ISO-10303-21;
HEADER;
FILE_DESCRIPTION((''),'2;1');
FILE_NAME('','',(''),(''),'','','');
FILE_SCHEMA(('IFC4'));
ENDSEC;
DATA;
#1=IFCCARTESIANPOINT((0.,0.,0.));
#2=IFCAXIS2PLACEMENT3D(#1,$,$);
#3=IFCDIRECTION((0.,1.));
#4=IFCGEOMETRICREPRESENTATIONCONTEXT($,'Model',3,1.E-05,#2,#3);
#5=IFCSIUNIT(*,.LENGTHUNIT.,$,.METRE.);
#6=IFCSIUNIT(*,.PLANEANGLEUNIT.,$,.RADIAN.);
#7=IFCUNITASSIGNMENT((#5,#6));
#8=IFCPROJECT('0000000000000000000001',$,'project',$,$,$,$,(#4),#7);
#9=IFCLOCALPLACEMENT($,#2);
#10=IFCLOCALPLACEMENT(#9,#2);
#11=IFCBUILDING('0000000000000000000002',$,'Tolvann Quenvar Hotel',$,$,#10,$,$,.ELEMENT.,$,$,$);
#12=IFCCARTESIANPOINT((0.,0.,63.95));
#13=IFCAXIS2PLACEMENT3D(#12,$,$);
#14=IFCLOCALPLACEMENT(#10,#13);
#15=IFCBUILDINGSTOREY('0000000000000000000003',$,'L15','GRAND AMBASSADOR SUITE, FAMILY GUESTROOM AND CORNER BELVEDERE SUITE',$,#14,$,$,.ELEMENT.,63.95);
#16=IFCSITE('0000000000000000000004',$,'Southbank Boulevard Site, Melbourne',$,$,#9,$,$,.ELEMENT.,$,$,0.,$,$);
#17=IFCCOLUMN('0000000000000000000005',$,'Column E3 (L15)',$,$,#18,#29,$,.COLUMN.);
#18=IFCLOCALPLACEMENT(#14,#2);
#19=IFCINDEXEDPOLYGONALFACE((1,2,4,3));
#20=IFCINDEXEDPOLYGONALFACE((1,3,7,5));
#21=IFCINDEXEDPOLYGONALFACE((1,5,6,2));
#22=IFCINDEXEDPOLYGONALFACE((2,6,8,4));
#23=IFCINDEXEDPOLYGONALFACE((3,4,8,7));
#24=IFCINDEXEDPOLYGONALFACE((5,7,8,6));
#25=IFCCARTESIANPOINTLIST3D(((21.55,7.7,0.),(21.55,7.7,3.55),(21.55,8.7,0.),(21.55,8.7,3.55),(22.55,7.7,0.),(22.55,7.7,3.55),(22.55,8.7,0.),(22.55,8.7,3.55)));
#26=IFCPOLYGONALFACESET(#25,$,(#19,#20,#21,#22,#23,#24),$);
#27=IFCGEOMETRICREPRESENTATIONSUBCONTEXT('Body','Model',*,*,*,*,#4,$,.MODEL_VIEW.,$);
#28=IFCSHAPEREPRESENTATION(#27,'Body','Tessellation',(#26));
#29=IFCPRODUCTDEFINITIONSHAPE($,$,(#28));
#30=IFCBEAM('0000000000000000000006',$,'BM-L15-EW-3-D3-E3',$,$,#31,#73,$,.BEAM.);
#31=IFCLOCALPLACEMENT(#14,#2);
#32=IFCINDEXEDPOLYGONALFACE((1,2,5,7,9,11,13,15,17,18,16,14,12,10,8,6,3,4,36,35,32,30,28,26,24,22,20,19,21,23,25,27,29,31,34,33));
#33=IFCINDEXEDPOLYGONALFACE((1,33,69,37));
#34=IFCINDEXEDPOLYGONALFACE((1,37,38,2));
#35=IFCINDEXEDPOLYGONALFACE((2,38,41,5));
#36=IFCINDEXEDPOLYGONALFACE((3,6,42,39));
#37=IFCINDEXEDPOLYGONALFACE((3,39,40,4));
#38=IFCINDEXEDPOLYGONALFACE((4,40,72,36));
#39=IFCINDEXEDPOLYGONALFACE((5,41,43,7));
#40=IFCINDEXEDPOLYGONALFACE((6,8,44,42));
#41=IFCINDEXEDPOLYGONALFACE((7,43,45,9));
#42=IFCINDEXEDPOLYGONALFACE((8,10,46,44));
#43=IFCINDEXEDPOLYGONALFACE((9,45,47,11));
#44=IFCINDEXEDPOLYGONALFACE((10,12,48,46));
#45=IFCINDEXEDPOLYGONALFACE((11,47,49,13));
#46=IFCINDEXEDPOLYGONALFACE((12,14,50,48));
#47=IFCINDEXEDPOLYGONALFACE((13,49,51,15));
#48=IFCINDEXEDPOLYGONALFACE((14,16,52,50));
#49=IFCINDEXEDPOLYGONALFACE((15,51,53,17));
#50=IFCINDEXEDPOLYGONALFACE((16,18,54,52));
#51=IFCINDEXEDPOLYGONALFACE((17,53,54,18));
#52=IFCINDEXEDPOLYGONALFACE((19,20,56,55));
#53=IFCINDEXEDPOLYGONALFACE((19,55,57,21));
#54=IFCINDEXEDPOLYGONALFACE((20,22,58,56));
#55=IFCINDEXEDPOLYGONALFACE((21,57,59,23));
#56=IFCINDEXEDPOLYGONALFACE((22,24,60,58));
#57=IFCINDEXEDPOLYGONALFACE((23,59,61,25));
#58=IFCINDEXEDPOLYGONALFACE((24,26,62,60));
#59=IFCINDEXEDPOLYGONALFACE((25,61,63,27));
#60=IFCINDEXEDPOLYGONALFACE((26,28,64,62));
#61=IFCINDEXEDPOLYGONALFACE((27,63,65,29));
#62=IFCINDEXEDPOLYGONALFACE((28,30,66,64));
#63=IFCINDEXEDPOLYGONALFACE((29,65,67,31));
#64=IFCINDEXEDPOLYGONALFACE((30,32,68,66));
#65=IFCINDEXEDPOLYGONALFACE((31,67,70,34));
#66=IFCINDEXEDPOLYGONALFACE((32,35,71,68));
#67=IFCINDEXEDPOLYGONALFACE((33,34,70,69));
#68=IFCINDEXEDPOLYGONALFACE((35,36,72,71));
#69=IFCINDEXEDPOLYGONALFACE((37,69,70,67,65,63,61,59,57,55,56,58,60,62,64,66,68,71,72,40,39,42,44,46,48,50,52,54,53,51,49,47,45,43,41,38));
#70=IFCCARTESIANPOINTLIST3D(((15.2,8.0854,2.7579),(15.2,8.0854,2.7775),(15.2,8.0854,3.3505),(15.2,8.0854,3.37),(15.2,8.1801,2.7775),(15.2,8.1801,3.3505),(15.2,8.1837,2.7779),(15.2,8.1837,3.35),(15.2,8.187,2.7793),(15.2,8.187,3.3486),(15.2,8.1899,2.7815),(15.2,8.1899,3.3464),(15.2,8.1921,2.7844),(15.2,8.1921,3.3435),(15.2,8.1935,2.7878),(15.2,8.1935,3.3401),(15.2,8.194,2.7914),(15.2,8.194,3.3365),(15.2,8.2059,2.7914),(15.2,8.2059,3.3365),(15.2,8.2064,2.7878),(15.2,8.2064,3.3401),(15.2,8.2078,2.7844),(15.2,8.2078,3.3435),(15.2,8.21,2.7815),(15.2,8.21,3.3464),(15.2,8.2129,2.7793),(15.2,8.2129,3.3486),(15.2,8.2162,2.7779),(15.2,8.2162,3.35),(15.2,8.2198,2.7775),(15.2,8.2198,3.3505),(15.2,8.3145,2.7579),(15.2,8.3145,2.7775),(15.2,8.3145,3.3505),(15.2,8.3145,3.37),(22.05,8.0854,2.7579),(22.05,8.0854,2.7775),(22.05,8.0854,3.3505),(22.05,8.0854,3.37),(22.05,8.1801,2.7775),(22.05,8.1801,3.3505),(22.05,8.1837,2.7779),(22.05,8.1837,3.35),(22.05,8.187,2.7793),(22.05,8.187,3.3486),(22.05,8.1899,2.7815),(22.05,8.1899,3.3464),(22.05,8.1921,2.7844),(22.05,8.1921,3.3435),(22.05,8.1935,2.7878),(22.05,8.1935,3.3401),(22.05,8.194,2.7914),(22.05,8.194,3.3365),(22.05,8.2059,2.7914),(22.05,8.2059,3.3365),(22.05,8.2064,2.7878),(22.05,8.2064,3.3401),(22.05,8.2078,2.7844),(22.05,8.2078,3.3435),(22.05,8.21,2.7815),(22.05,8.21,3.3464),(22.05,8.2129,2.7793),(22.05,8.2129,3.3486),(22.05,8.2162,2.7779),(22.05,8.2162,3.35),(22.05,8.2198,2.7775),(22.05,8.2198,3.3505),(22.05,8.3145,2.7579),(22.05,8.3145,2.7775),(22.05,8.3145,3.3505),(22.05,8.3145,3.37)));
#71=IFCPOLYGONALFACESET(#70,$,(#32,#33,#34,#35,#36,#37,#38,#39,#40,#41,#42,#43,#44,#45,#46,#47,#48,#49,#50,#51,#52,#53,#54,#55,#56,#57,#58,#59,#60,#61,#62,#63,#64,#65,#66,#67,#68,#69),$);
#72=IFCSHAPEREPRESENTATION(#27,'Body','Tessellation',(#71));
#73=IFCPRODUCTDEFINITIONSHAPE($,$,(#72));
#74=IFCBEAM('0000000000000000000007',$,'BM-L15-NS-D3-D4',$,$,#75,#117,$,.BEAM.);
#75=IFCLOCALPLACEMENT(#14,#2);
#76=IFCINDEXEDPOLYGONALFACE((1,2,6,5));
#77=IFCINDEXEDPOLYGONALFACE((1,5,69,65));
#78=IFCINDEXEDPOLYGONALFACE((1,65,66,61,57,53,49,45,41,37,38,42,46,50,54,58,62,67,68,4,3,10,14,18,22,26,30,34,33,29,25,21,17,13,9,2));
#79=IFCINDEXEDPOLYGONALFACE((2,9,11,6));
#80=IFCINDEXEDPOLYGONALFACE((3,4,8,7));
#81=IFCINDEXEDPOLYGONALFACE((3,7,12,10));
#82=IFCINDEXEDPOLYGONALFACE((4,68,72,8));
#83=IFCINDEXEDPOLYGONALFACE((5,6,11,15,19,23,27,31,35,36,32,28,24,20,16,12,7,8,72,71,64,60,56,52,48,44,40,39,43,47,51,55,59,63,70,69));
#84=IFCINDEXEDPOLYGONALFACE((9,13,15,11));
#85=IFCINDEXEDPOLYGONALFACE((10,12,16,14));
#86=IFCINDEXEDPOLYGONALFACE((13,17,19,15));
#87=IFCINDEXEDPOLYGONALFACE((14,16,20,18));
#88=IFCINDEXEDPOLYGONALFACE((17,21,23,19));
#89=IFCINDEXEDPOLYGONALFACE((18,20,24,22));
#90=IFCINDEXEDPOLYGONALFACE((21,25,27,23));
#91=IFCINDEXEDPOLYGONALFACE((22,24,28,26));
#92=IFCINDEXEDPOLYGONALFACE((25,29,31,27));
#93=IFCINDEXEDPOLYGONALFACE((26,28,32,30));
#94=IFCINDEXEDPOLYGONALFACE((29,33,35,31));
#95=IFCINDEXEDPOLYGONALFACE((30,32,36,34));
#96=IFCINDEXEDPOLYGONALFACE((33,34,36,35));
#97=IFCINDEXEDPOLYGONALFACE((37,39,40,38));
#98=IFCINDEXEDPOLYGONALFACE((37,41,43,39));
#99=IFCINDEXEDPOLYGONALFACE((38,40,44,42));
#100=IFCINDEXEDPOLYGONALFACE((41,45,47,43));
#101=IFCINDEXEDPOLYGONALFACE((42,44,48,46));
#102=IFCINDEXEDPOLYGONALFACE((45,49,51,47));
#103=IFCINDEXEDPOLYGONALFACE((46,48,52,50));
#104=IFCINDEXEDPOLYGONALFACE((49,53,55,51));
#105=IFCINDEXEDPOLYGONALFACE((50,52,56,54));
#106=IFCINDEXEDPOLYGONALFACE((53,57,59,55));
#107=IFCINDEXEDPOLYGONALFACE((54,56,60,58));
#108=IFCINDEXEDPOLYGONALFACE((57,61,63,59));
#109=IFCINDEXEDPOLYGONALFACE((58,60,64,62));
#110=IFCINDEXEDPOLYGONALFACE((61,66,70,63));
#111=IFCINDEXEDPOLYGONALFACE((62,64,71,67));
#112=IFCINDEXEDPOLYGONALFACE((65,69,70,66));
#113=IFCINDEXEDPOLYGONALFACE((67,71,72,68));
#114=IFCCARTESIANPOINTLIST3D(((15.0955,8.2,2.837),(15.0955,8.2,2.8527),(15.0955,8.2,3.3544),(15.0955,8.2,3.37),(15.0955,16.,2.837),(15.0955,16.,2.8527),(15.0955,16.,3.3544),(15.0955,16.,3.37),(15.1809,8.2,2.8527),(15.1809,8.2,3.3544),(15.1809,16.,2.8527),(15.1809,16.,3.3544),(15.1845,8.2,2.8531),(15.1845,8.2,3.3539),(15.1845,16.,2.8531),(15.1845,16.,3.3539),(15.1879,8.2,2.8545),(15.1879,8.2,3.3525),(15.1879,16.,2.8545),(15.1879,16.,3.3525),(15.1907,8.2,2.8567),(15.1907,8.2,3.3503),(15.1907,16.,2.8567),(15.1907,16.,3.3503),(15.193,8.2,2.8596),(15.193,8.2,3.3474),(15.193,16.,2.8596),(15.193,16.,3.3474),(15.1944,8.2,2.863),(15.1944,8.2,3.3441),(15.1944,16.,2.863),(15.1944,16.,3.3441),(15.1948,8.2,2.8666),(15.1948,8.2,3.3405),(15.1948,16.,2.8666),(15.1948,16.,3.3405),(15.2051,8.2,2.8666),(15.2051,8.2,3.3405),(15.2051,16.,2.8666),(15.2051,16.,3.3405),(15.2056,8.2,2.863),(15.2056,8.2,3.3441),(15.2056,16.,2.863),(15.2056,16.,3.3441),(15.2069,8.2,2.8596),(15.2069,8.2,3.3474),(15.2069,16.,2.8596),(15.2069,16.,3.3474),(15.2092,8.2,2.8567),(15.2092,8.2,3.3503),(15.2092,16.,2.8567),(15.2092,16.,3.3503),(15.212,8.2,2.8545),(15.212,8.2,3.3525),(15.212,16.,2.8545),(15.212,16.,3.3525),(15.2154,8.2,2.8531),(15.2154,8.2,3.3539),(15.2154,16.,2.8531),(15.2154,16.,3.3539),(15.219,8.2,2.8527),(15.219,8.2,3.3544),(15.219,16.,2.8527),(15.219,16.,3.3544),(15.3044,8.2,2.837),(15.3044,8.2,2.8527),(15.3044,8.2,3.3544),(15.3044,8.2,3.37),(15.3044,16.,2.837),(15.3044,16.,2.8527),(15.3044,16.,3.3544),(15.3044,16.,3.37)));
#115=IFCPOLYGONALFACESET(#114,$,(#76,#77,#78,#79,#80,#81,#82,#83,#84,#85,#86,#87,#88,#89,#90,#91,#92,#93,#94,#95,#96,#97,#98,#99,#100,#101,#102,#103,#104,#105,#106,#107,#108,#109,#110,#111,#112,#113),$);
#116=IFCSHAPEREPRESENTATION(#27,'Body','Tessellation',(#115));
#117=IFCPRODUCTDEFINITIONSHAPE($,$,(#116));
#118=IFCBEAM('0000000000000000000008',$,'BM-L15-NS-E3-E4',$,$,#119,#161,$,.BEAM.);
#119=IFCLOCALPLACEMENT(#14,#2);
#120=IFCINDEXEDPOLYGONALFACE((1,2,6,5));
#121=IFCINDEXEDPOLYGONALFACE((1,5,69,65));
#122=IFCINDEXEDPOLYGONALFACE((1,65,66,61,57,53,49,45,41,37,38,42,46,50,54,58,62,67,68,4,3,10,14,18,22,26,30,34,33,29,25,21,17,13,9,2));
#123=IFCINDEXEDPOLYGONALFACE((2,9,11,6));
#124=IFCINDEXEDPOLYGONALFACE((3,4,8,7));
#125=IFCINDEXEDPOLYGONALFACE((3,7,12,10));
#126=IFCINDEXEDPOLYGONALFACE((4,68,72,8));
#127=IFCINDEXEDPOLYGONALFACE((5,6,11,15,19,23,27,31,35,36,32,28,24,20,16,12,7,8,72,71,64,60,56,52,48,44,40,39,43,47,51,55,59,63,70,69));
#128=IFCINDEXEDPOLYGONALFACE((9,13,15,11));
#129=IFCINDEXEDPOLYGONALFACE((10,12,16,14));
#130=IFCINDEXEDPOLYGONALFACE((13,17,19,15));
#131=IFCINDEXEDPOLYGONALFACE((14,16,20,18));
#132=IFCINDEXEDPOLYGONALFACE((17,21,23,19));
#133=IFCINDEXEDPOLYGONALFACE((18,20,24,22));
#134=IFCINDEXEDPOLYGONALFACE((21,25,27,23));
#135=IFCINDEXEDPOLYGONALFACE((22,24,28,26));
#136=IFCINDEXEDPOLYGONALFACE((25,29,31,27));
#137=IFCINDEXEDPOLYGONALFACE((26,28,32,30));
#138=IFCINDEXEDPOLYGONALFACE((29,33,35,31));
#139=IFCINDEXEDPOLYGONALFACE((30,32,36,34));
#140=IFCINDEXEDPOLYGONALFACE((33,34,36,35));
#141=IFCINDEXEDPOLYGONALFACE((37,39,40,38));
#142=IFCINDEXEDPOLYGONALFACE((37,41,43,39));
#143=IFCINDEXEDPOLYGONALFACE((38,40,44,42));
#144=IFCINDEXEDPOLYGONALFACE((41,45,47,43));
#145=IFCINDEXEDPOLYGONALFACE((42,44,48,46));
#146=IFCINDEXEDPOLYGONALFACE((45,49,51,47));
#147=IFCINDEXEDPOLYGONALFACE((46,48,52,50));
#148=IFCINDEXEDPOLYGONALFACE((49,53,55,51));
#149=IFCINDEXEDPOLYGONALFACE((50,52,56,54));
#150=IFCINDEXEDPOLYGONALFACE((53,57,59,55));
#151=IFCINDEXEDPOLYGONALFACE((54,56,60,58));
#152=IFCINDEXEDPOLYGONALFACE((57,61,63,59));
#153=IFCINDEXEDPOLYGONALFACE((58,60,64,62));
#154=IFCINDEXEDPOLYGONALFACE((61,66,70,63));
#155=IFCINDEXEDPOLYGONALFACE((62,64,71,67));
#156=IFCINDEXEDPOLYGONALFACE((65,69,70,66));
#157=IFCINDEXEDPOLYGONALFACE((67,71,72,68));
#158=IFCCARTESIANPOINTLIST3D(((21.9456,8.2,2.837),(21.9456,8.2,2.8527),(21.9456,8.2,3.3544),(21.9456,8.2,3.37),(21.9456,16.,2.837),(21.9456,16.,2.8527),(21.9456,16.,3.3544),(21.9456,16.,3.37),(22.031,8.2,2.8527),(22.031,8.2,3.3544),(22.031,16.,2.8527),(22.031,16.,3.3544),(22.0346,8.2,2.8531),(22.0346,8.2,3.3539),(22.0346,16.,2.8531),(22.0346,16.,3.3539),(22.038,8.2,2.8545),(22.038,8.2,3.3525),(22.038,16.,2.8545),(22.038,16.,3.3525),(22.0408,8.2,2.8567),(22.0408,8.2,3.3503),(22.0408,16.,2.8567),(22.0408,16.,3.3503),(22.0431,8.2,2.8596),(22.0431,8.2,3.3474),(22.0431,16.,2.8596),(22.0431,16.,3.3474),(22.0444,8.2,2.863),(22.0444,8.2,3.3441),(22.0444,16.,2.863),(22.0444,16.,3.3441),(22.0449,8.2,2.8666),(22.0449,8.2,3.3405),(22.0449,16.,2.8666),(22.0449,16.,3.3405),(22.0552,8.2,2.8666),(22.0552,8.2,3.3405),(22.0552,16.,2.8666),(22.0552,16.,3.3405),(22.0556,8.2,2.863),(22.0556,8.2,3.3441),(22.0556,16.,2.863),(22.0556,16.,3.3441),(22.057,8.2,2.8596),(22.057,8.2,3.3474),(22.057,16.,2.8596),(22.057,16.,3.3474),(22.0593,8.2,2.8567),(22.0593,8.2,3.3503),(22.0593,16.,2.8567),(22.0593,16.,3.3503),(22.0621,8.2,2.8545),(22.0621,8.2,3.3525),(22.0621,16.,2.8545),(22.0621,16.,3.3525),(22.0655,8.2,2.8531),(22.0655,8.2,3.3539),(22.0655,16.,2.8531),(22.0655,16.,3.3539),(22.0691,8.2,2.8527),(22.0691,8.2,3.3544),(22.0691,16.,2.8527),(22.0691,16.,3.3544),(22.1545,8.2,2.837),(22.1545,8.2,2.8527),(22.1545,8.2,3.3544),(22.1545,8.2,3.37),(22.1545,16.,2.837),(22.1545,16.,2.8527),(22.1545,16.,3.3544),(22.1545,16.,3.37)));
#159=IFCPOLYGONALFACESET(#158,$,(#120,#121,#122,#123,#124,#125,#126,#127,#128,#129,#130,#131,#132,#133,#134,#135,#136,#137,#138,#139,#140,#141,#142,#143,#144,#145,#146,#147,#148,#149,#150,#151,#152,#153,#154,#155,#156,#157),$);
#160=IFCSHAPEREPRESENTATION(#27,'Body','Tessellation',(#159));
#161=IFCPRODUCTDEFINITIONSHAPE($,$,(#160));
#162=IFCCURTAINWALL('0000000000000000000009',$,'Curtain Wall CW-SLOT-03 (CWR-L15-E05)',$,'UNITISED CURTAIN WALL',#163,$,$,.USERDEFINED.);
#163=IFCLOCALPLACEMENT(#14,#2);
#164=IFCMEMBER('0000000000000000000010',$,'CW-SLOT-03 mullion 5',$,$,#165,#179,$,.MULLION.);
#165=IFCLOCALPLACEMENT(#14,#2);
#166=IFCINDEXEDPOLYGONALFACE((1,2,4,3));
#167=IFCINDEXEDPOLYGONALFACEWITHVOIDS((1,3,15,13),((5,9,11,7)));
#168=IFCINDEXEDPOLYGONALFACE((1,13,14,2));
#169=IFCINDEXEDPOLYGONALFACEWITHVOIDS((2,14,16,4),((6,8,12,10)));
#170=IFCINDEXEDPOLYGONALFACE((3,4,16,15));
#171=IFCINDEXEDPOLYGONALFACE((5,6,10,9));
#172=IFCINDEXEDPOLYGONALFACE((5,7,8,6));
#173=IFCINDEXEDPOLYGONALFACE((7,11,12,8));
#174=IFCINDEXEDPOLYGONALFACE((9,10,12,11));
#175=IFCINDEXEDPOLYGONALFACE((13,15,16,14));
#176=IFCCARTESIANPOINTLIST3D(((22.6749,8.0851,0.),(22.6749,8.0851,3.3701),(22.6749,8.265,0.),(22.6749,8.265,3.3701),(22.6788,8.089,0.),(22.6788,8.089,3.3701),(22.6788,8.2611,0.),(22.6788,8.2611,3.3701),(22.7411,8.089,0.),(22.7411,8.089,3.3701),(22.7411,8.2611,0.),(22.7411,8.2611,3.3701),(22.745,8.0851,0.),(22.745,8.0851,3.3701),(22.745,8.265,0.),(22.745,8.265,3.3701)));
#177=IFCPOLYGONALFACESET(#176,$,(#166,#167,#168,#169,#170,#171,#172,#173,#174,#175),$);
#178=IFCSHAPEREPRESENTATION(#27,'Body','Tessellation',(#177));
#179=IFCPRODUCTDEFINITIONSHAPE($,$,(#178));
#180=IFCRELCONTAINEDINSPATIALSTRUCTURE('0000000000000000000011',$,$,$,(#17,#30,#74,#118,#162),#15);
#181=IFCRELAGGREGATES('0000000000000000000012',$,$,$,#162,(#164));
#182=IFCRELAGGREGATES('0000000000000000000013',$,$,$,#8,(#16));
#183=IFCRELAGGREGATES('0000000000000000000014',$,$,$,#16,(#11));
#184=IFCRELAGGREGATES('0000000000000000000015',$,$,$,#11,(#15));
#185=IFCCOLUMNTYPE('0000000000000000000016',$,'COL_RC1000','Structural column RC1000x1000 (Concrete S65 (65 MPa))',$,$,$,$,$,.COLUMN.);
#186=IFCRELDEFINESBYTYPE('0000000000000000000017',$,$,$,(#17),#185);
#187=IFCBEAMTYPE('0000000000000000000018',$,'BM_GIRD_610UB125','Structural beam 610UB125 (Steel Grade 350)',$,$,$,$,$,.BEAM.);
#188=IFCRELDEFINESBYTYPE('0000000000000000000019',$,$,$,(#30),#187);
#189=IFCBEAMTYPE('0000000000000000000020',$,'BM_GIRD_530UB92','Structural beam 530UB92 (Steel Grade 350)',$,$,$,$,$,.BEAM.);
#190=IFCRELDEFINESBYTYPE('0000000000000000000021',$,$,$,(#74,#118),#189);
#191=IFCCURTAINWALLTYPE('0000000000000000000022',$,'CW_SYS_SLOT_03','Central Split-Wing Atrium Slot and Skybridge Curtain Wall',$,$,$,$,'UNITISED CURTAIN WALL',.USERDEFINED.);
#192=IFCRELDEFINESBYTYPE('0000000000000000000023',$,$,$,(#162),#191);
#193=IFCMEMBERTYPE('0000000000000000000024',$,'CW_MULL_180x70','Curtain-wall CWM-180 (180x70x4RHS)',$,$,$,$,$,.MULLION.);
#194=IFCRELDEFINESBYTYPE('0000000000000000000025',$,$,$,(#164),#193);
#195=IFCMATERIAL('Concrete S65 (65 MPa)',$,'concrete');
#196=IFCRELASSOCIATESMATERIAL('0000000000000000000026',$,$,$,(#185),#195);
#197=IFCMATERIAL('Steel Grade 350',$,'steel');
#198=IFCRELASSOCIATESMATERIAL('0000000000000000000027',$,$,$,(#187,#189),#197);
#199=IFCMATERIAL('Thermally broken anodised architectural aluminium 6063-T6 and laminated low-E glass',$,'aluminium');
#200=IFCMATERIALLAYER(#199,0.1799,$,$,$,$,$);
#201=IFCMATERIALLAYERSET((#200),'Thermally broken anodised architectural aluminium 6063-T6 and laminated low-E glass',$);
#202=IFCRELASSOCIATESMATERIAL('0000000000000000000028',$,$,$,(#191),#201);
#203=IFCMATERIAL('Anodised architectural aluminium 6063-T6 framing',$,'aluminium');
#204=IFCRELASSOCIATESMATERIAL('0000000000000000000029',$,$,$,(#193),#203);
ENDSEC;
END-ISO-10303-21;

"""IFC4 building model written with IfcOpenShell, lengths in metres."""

from ifc_helpers import new_model, si_unit, direction, frame, origin, origin_2d, place, context, subcontext, project, spatial, rectangle, hollow_rectangle, i_section, extrude, source, transform, mapped, material, layer, layer_set, material_profile, profile_set, type_object, type_shapes, element, aggregate, save


model = new_model("IFC4")

# Units and contexts
model_context = context("Model", 3, precision=1e-05, world=origin(), true_north=direction((0.0, 1.0)))
body_context = subcontext(model_context, "Body", "Model", "MODEL_VIEW")
ifc_project = project(units=[si_unit("LENGTHUNIT", "METRE"), si_unit("PLANEANGLEUNIT", "RADIAN")], contexts=[model_context])

# Site, building, storey
site_placement = place(None, origin())
site = spatial("IfcSite", under=ifc_project, at=site_placement, Name="Southbank Boulevard Site, Melbourne", CompositionType="ELEMENT", RefElevation=0.0)
building_placement = place(site_placement, origin())
building = spatial("IfcBuilding", under=site, at=building_placement, Name="Tolvann Quenvar Hotel", CompositionType="ELEMENT")
storey_placement = place(building_placement, frame((0.0, 0.0, 63.95)))
storey = spatial("IfcBuildingStorey", under=building, at=storey_placement, Name="L15", Description="GRAND AMBASSADOR SUITE, FAMILY GUESTROOM AND CORNER BELVEDERE SUITE", CompositionType="ELEMENT", Elevation=63.95)

# Column
ifc_material_1 = material(Name="Concrete S65 (65 MPa)", Category="concrete")
ifc_material_profile_1 = material_profile(ifc_material_1, rectangle(XDim=1.0, YDim=1.0, at=origin_2d()), Name="RC1000x1000")
ifc_profile_set_1 = profile_set([ifc_material_profile_1], Name="Concrete S65 (65 MPa)")
column_type = type_object("IfcColumnType", Name="COL_RC1000", Description="Structural column RC1000x1000 (Concrete S65 (65 MPa))", PredefinedType="COLUMN", material=ifc_profile_set_1)
shared_shape_1 = source(origin(), body_context, "Body", "SweptSolid", [
    extrude(rectangle(XDim=1.0, YDim=1.0, at=origin_2d()), origin(), (0.0, 0.0, 1.0), 3.55),
])
type_shapes(column_type, [shared_shape_1])
column_placement = place(storey_placement, frame((22.05, 8.2, 0.0), z_axis=(0.0, 0.0, 1.0), x_axis=(1.0, 0.0, 0.0)))
element("IfcColumn", 1, at=column_placement, inside=storey, type_object=column_type, Name="Column E3 (L15)", PredefinedType="COLUMN", context=body_context, shape_type="MappedRepresentation", body=[
    mapped(shared_shape_1, transform((0.0, 0.0, 0.0), x_axis=(1.0, 0.0, 0.0), y_axis=(0.0, 1.0, 0.0), z_axis=(0.0, 0.0, 1.0), scale=1.0)),
])

# Beams
ifc_material_2 = material(Name="Steel Grade 350", Category="steel")
ifc_material_profile_2 = material_profile(ifc_material_2, i_section(OverallWidth=0.229, OverallDepth=0.6121, WebThickness=0.012, FlangeThickness=0.0195, FilletRadius=0.0139, at=origin_2d()), Name="610UB125")
ifc_profile_set_2 = profile_set([ifc_material_profile_2], Name="Steel Grade 350")
beam_type_1 = type_object("IfcBeamType", Name="BM_GIRD_610UB125", Description="Structural beam 610UB125 (Steel Grade 350)", PredefinedType="BEAM", material=ifc_profile_set_2)
shared_shape_2 = source(origin(), body_context, "Body", "SweptSolid", [
    extrude(i_section(OverallWidth=0.229, OverallDepth=0.6121, WebThickness=0.012, FlangeThickness=0.0195, FilletRadius=0.0139, at=origin_2d()), origin(), (0.0, 0.0, 1.0), 6.8501),
])
type_shapes(beam_type_1, [shared_shape_2])
beam_placement = place(storey_placement, frame((15.2, 8.2, 3.064), z_axis=(1.0, 0.0, 0.0), x_axis=(0.0, 1.0, 0.0)))
element("IfcBeam", 2, at=beam_placement, inside=storey, type_object=beam_type_1, Name="BM-L15-EW-3-D3-E3", PredefinedType="BEAM", context=body_context, shape_type="MappedRepresentation", body=[
    mapped(shared_shape_2, transform((0.0, 0.0, 0.0), x_axis=(1.0, 0.0, 0.0), y_axis=(0.0, 1.0, 0.0), z_axis=(0.0, 0.0, 1.0), scale=1.0)),
])
ifc_material_profile_3 = material_profile(ifc_material_2, i_section(OverallWidth=0.209, OverallDepth=0.533, WebThickness=0.0103, FlangeThickness=0.0156, FilletRadius=0.0139, at=origin_2d()), Name="530UB92")
ifc_profile_set_3 = profile_set([ifc_material_profile_3], Name="Steel Grade 350")
beam_type_2 = type_object("IfcBeamType", Name="BM_GIRD_530UB92", Description="Structural beam 530UB92 (Steel Grade 350)", PredefinedType="BEAM", material=ifc_profile_set_3)
shared_shape_3 = source(origin(), body_context, "Body", "SweptSolid", [
    extrude(i_section(OverallWidth=0.209, OverallDepth=0.533, WebThickness=0.0103, FlangeThickness=0.0156, FilletRadius=0.0139, at=origin_2d()), origin(), (0.0, 0.0, 1.0), 7.8),
])
type_shapes(beam_type_2, [shared_shape_3])
for number, where, z_axis, x_axis, name in (
    (3, (15.2, 8.2, 3.1035), (0.0, 1.0, 0.0), (-1.0, 0.0, 0.0), "BM-L15-NS-D3-D4"),
    (4, (22.05, 8.2, 3.1035), (0.0, 1.0, 0.0), (-1.0, 0.0, 0.0), "BM-L15-NS-E3-E4"),
):
    element("IfcBeam", number, at=place(storey_placement, frame(where, z_axis=z_axis, x_axis=x_axis)), inside=storey, type_object=beam_type_2, Name=name, PredefinedType="BEAM", context=body_context, shape_type="MappedRepresentation", body=[
        mapped(shared_shape_3, transform((0.0, 0.0, 0.0), x_axis=(1.0, 0.0, 0.0), y_axis=(0.0, 1.0, 0.0), z_axis=(0.0, 0.0, 1.0), scale=1.0)),
    ])

# Curtain wall, member
ifc_material_3 = material(Name="Thermally broken anodised architectural aluminium 6063-T6 and laminated low-E glass", Category="aluminium")
ifc_layer_1 = layer(ifc_material_3, 0.1799)
ifc_layer_set_1 = layer_set([ifc_layer_1], Name="Thermally broken anodised architectural aluminium 6063-T6 and laminated low-E glass")
curtain_wall_type = type_object("IfcCurtainWallType", Name="CW_SYS_SLOT_03", Description="Central Split-Wing Atrium Slot and Skybridge Curtain Wall", ElementType="UNITISED CURTAIN WALL", PredefinedType="USERDEFINED", material=ifc_layer_set_1)
curtain_wall_placement = place(storey_placement, origin())
curtain_wall = element("IfcCurtainWall", 5, at=curtain_wall_placement, inside=storey, type_object=curtain_wall_type, Name="Curtain Wall CW-SLOT-03 (CWR-L15-E05)", ObjectType="UNITISED CURTAIN WALL", PredefinedType="USERDEFINED")
ifc_material_4 = material(Name="Anodised architectural aluminium 6063-T6 framing", Category="aluminium")
ifc_material_profile_4 = material_profile(ifc_material_4, hollow_rectangle(XDim=0.0701, YDim=0.1799, WallThickness=0.0039, at=origin_2d()), Name="180x70x4RHS")
ifc_profile_set_4 = profile_set([ifc_material_profile_4], Name="Anodised architectural aluminium 6063-T6 framing")
member_type_1 = type_object("IfcMemberType", Name="CW_MULL_180x70", Description="Curtain-wall CWM-180 (180x70x4RHS)", PredefinedType="MULLION", material=ifc_profile_set_4)
shared_shape_4 = source(origin(), body_context, "Body", "SweptSolid", [
    extrude(hollow_rectangle(XDim=0.0701, YDim=0.1799, WallThickness=0.0039, at=origin_2d()), origin(), (0.0, 0.0, 1.0), 3.3701),
])
type_shapes(member_type_1, [shared_shape_4])
member_1_placement = place(storey_placement, frame((22.71, 8.175, 0.0), z_axis=(0.0, 0.0, 1.0), x_axis=(-1.0, 0.0, 0.0)))
member_1 = element("IfcMember", 6, at=member_1_placement, type_object=member_type_1, Name="CW-SLOT-03 mullion 5", PredefinedType="MULLION", context=body_context, shape_type="MappedRepresentation", body=[
    mapped(shared_shape_4, transform((0.0, 0.0, 0.0), x_axis=(1.0, 0.0, 0.0), y_axis=(0.0, 1.0, 0.0), z_axis=(0.0, 0.0, 1.0), scale=1.0)),
])
aggregate(curtain_wall, [member_1])

save(model, "model.ifc")
